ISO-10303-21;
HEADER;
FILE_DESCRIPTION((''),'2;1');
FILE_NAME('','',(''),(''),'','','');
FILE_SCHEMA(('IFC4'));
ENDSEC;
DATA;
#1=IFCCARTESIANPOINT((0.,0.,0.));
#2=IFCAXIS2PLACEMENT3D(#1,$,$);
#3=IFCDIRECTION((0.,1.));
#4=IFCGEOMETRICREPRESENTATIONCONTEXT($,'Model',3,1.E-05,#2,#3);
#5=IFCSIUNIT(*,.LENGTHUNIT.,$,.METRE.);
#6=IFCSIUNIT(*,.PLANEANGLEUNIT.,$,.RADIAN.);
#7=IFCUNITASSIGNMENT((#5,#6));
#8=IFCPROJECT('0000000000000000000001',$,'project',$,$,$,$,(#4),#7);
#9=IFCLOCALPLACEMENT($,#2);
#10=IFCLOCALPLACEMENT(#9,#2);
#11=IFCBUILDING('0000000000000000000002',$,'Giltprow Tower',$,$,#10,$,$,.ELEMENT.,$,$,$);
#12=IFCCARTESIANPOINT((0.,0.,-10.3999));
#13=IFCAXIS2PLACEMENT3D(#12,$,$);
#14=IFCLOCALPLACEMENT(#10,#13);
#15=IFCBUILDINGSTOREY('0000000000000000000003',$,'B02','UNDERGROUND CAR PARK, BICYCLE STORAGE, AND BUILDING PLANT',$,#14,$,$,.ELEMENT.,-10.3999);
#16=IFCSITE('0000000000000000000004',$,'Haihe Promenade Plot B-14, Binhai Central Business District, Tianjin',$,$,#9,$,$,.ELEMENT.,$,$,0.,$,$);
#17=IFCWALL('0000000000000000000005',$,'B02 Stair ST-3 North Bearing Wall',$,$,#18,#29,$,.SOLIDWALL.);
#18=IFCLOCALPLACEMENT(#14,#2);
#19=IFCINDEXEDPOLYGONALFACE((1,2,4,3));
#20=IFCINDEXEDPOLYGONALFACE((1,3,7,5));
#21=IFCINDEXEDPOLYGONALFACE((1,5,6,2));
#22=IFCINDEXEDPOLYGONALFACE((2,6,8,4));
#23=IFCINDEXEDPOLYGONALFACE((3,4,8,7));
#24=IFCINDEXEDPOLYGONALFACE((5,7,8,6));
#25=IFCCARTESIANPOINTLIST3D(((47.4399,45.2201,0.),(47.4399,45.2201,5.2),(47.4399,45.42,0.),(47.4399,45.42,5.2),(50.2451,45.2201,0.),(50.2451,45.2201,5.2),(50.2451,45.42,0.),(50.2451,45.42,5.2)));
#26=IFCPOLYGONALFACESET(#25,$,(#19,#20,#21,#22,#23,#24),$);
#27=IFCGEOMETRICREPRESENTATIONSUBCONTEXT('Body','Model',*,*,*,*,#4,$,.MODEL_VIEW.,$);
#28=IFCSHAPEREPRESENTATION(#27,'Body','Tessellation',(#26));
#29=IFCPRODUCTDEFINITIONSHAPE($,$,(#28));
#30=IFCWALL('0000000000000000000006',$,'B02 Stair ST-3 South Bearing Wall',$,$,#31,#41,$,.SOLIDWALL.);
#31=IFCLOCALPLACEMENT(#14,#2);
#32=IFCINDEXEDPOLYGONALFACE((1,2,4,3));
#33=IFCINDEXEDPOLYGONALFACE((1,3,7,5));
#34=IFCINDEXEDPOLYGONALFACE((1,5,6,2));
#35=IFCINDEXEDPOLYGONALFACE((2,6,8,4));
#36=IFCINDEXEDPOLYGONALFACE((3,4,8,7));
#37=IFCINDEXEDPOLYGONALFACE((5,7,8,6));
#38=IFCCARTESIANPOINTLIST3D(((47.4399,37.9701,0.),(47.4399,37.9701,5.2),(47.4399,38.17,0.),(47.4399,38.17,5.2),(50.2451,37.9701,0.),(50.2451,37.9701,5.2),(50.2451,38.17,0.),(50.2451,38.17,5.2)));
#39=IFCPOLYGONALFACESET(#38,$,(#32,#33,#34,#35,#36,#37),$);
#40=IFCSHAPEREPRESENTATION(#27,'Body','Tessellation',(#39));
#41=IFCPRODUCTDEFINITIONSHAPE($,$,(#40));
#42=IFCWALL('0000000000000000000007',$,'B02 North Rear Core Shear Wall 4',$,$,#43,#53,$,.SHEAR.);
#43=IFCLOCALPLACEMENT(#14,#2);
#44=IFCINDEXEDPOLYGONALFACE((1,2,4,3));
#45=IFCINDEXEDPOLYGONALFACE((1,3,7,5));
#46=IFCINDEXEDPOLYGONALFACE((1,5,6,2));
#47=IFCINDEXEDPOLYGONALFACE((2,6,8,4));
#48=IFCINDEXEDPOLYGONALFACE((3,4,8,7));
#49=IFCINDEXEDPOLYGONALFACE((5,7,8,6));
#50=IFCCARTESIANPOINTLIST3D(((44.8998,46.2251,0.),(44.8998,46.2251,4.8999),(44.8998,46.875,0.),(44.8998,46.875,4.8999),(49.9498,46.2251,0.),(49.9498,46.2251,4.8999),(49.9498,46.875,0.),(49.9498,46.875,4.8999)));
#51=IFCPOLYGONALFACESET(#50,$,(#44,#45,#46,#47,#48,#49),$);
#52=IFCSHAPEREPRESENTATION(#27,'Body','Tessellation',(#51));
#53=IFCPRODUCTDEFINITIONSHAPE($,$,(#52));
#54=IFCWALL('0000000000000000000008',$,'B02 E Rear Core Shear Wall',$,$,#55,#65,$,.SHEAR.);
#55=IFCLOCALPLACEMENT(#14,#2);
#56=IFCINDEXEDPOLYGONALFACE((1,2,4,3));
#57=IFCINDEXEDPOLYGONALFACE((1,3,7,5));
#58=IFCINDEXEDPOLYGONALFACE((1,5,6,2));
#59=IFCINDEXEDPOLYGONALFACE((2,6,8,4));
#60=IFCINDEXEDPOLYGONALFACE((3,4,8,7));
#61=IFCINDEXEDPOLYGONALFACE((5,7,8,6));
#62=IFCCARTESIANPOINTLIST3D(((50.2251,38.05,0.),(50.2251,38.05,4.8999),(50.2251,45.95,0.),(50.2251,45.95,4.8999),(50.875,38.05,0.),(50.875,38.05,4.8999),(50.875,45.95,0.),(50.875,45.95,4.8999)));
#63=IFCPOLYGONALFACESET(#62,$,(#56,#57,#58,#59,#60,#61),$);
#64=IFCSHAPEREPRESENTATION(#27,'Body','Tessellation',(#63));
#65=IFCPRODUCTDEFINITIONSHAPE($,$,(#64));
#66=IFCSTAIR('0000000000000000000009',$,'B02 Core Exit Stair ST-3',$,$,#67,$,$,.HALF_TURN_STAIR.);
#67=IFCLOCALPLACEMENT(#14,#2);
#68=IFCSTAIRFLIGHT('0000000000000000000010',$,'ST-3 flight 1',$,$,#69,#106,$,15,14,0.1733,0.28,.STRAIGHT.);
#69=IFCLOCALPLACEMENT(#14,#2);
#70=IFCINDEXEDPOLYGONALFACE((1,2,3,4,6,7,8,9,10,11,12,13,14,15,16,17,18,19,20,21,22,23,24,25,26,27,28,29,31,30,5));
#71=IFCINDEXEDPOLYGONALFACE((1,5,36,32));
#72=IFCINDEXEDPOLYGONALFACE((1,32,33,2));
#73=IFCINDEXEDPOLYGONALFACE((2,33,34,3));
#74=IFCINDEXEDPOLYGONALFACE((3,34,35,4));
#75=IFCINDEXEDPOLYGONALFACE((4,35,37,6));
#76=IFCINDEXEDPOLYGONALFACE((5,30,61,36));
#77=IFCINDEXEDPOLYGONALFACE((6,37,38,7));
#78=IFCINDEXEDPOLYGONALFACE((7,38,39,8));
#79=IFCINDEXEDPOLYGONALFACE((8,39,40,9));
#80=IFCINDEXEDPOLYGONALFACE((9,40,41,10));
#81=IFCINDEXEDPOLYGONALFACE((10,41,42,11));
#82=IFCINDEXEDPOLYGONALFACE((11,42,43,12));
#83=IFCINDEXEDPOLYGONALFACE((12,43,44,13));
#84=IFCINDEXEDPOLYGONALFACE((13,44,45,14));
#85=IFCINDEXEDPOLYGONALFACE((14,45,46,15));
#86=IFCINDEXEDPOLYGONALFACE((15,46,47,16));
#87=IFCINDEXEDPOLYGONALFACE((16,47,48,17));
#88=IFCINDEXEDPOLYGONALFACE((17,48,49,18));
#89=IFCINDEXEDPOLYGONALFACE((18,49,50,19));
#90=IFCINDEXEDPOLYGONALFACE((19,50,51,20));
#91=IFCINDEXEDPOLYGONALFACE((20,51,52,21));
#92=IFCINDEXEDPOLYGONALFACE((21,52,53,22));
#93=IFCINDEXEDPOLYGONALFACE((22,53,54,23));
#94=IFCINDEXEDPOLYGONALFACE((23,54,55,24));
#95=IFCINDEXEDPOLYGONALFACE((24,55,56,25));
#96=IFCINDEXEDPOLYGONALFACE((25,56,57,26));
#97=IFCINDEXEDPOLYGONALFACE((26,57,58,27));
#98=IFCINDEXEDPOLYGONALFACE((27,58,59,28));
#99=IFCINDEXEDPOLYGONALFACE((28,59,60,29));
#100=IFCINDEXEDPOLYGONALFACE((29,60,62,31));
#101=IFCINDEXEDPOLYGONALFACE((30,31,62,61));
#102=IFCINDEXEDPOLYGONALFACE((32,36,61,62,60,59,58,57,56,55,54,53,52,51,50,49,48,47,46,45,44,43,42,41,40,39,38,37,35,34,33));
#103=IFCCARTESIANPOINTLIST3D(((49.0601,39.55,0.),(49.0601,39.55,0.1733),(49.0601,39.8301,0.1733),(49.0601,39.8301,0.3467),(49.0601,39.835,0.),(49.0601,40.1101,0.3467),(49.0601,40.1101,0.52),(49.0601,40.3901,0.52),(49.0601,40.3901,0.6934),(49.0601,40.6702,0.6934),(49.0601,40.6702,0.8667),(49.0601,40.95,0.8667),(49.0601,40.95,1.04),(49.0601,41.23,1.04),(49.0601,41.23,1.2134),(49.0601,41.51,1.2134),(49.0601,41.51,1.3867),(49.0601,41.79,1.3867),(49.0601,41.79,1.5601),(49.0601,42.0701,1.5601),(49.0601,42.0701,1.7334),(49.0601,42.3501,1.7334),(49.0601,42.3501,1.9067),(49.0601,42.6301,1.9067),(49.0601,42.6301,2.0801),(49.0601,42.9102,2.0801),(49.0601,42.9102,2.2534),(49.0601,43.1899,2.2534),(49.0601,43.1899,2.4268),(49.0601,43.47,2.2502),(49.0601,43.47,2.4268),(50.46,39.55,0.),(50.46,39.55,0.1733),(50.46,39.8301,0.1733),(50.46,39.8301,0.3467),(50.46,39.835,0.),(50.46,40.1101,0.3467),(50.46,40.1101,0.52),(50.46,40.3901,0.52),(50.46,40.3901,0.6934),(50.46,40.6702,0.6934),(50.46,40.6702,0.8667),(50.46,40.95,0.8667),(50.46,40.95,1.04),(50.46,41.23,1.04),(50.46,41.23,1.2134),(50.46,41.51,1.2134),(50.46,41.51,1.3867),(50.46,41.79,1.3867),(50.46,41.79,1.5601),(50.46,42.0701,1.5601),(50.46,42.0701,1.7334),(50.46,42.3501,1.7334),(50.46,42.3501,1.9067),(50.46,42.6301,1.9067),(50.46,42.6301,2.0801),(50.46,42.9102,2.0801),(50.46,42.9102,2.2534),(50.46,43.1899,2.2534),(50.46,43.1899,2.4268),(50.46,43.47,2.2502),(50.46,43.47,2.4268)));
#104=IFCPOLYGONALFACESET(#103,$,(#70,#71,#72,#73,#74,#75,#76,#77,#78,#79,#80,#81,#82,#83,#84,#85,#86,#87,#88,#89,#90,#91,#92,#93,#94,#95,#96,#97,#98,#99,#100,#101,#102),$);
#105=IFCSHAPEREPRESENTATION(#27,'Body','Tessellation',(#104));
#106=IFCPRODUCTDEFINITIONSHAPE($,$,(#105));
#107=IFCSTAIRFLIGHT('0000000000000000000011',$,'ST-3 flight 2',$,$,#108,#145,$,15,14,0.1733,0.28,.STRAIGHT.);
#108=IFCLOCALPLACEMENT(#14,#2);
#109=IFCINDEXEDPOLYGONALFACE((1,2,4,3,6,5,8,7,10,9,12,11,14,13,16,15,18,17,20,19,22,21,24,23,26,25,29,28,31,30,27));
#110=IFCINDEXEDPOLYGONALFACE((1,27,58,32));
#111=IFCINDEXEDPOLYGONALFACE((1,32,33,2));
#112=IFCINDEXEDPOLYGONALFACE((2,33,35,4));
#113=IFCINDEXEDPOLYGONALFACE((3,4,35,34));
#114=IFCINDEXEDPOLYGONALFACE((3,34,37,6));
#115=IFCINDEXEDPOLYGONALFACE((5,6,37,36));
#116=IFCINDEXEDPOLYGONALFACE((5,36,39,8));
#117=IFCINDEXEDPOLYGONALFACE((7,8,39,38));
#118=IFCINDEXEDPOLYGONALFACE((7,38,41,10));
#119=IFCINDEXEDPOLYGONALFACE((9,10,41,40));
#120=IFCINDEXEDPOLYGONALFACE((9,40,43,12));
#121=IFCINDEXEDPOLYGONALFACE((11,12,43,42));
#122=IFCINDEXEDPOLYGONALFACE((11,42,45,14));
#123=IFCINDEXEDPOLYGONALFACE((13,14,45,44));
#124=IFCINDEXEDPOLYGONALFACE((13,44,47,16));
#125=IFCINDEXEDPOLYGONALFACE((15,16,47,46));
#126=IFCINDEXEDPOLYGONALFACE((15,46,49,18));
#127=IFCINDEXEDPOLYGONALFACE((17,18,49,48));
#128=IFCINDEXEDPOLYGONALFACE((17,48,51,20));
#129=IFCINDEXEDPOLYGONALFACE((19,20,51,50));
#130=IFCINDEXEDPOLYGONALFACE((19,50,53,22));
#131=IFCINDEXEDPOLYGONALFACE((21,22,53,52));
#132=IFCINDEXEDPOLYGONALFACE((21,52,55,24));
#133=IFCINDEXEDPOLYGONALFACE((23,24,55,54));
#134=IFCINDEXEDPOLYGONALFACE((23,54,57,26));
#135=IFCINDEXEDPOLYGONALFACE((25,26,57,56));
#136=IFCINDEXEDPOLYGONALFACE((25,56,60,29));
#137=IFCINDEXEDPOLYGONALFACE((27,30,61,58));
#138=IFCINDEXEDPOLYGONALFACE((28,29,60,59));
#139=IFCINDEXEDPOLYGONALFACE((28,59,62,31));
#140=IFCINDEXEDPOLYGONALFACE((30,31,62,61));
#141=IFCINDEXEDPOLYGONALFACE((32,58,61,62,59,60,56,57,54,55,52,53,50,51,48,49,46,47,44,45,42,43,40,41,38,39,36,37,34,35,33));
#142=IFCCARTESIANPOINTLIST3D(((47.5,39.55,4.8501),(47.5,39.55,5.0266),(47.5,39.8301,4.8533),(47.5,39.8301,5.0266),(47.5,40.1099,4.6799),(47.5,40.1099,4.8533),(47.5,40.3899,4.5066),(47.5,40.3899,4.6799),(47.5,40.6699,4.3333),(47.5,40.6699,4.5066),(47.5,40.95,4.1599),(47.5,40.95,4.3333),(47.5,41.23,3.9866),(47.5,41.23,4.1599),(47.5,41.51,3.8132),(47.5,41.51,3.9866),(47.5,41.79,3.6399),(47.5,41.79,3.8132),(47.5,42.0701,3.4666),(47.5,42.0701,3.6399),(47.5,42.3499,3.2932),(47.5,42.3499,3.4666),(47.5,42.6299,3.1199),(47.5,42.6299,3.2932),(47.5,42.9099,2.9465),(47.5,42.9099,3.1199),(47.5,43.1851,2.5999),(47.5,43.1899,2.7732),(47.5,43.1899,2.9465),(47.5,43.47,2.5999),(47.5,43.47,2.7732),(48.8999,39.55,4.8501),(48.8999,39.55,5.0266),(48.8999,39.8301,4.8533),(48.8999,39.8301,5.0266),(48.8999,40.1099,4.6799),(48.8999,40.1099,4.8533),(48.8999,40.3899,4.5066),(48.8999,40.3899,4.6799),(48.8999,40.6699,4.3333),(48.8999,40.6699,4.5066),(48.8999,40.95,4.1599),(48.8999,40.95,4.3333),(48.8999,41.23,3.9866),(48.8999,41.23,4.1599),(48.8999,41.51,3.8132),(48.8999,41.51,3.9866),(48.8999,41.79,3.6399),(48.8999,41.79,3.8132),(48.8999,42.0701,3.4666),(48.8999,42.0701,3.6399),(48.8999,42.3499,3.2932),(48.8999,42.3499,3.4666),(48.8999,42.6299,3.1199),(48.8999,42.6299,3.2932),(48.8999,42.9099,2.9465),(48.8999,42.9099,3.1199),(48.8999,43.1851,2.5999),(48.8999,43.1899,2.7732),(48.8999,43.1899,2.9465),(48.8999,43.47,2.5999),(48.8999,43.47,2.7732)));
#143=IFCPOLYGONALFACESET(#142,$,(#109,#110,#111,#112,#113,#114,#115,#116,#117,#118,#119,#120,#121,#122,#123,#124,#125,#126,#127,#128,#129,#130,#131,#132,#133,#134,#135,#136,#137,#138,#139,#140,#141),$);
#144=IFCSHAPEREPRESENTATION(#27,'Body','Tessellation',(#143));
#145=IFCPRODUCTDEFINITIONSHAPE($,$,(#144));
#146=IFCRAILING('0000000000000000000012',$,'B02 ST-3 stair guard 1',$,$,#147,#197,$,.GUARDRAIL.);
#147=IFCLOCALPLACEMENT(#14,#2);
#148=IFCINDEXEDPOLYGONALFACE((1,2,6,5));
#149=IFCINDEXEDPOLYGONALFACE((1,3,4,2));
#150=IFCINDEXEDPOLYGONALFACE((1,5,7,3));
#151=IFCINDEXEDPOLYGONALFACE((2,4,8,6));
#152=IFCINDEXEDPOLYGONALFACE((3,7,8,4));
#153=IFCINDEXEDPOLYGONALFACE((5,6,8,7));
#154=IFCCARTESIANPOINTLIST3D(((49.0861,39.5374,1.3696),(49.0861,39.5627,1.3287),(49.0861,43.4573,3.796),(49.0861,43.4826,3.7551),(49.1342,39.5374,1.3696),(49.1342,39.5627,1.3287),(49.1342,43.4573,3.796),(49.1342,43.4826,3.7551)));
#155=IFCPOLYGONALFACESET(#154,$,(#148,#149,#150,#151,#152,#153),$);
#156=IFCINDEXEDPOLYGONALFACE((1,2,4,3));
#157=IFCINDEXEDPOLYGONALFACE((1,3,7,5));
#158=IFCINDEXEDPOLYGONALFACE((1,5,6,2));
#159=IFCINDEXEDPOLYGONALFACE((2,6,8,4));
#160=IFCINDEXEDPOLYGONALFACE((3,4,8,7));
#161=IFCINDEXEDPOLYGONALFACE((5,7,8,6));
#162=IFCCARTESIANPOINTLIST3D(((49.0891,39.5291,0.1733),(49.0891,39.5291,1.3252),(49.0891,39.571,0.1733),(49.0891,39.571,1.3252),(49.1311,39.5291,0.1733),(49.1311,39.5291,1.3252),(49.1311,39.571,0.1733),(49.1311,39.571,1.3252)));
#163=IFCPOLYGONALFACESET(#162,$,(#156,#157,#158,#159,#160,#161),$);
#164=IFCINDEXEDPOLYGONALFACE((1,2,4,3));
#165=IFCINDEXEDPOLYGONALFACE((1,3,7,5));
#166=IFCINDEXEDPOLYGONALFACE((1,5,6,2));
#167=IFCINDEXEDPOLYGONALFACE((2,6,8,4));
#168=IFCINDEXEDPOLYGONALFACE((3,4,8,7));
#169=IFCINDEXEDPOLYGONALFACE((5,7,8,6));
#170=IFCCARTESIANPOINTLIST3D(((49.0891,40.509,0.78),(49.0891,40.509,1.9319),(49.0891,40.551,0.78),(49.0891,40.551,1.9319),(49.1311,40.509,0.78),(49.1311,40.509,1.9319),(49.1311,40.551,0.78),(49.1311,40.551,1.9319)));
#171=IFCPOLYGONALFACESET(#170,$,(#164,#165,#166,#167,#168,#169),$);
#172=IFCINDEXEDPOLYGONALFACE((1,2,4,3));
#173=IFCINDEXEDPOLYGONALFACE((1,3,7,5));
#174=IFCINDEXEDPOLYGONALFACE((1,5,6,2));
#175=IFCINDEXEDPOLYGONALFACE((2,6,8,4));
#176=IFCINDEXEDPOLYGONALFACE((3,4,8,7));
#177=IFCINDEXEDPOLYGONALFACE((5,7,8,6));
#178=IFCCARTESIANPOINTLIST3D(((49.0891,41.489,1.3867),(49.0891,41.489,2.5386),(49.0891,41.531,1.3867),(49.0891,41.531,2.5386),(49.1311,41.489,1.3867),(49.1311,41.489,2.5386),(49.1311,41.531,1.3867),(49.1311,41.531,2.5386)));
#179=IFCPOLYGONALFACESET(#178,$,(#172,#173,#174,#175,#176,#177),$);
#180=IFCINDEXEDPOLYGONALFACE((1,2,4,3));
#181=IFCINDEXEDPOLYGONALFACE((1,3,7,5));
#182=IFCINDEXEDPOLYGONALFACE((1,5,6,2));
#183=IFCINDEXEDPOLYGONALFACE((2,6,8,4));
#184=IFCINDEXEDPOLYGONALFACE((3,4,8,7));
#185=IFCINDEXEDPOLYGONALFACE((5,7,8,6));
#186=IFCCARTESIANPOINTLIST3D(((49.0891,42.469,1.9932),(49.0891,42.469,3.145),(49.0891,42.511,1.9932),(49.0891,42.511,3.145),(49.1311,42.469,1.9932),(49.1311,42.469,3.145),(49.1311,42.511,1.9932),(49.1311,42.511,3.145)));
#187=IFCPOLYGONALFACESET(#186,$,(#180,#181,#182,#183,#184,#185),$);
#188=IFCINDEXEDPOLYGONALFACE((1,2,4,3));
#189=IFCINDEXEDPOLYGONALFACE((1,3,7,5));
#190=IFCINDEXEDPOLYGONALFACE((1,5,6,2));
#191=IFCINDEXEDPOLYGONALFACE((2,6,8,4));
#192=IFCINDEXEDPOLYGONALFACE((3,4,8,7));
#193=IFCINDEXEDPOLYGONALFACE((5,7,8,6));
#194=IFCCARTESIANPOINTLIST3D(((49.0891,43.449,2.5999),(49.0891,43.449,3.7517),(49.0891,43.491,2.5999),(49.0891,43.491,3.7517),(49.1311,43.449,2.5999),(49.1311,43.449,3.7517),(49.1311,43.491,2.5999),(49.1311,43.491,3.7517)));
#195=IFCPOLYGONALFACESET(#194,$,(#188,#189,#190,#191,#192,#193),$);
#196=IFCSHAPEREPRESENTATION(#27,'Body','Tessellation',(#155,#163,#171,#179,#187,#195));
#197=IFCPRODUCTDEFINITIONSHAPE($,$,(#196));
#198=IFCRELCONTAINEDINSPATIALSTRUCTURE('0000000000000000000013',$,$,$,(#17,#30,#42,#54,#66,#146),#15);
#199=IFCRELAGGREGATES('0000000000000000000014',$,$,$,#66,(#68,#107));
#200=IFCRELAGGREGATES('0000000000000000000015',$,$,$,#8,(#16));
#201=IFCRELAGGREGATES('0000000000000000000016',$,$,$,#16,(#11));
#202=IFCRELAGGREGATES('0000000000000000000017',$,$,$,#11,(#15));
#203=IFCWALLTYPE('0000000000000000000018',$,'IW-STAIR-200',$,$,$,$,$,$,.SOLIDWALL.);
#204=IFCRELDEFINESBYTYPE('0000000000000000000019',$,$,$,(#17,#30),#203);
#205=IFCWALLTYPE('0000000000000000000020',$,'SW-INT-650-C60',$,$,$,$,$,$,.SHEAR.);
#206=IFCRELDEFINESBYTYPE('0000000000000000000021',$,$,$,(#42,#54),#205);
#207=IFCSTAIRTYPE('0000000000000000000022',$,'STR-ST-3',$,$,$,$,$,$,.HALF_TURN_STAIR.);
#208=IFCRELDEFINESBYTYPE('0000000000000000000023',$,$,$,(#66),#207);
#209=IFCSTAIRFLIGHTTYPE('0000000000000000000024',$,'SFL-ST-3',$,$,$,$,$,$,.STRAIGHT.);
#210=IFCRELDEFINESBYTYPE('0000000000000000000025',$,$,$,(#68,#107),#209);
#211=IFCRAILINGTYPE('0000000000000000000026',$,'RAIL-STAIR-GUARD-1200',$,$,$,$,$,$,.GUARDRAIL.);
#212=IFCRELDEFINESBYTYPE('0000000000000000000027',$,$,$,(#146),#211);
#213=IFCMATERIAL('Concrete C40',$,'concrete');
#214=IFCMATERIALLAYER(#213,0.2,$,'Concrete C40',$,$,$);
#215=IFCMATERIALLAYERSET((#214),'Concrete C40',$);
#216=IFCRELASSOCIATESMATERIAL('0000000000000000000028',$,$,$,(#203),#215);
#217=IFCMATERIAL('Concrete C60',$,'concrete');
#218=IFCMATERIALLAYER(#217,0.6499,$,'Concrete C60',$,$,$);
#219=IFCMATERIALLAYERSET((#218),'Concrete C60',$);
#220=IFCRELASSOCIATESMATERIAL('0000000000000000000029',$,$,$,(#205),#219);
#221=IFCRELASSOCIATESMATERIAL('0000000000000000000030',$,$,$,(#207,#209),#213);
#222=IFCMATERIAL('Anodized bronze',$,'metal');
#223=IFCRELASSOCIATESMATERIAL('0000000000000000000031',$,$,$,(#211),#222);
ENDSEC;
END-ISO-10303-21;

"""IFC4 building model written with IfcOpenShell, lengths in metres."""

from ifc_helpers import new_model, si_unit, direction, frame, frame_2d, origin, origin_2d, place, context, subcontext, project, spatial, polyline, rectangle, outline, extrude, material, layer, layer_set, type_object, element, aggregate, save


model = new_model("IFC4")

# Units and contexts
model_context = context("Model", 3, precision=1e-05, world=origin(), true_north=direction((0.0, 1.0)))
body_context = subcontext(model_context, "Body", "Model", "MODEL_VIEW")
ifc_project = project(units=[si_unit("LENGTHUNIT", "METRE"), si_unit("PLANEANGLEUNIT", "RADIAN")], contexts=[model_context])

# Site, building, storey
site_placement = place(None, origin())
site = spatial("IfcSite", under=ifc_project, at=site_placement, Name="Haihe Promenade Plot B-14, Binhai Central Business District, Tianjin", CompositionType="ELEMENT", RefElevation=0.0)
building_placement = place(site_placement, origin())
building = spatial("IfcBuilding", under=site, at=building_placement, Name="Giltprow Tower", CompositionType="ELEMENT")
storey_placement = place(building_placement, frame((0.0, 0.0, -10.3999)))
storey = spatial("IfcBuildingStorey", under=building, at=storey_placement, Name="B02", Description="UNDERGROUND CAR PARK, BICYCLE STORAGE, AND BUILDING PLANT", CompositionType="ELEMENT", Elevation=-10.3999)

# Shared definitions
ifc_material_1 = material(Name="Concrete C60", Category="concrete")

# Shared definitions
ifc_material_2 = material(Name="Concrete C40", Category="concrete")

# Shared definitions
ifc_layer_1 = layer(ifc_material_2, 0.2, Name="Concrete C40")
ifc_layer_set_1 = layer_set([ifc_layer_1], Name="Concrete C40")
wall_type_1 = type_object("IfcWallType", Name="IW-STAIR-200", PredefinedType="SOLIDWALL", material=ifc_layer_set_1)

# Walls
for number, where, z_axis, x_axis, name in (
    (1, (47.4399, 45.3201, 0.0), (0.0, 0.0, 1.0), (1.0, 0.0, 0.0), "B02 Stair ST-3 North Bearing Wall"),
    (2, (47.4399, 38.0701, 0.0), (0.0, 0.0, 1.0), (1.0, 0.0, 0.0), "B02 Stair ST-3 South Bearing Wall"),
):
    element("IfcWall", number, at=place(storey_placement, frame(where, z_axis=z_axis, x_axis=x_axis)), inside=storey, type_object=wall_type_1, Name=name, PredefinedType="SOLIDWALL", context=body_context, shape_type="SweptSolid", body=[
        extrude(rectangle(XDim=2.8052, YDim=0.2, at=frame_2d((1.4026, 0.0))), origin(), (0.0, 0.0, 1.0), 5.2),
    ])
ifc_layer_2 = layer(ifc_material_1, 0.6499, Name="Concrete C60")
ifc_layer_set_2 = layer_set([ifc_layer_2], Name="Concrete C60")
wall_type_2 = type_object("IfcWallType", Name="SW-INT-650-C60", PredefinedType="SHEAR", material=ifc_layer_set_2)
wall_1_placement = place(storey_placement, frame((44.8999, 46.55, 0.0), z_axis=(0.0, 0.0, 1.0), x_axis=(1.0, 0.0, 0.0)))
element("IfcWall", 3, at=wall_1_placement, inside=storey, type_object=wall_type_2, Name="B02 North Rear Core Shear Wall 4", PredefinedType="SHEAR", context=body_context, shape_type="SweptSolid", body=[
    extrude(rectangle(XDim=5.05, YDim=0.6499, at=frame_2d((2.5249, 0.0))), origin(), (0.0, 0.0, 1.0), 4.8999),
])

# Wall
wall_2_placement = place(storey_placement, frame((50.55, 38.05, 0.0), z_axis=(0.0, 0.0, 1.0), x_axis=(0.0, 1.0, 0.0)))
element("IfcWall", 4, at=wall_2_placement, inside=storey, type_object=wall_type_2, Name="B02 E Rear Core Shear Wall", PredefinedType="SHEAR", context=body_context, shape_type="SweptSolid", body=[
    extrude(rectangle(XDim=7.8999, YDim=0.6499, at=frame_2d((3.95, 0.0))), origin(), (0.0, 0.0, 1.0), 4.8999),
])

# Stair, stair flights
stair_type = type_object("IfcStairType", Name="STR-ST-3", PredefinedType="HALF_TURN_STAIR", material=ifc_material_2)
stair_placement = place(storey_placement, origin())
stair = element("IfcStair", 5, at=stair_placement, inside=storey, type_object=stair_type, Name="B02 Core Exit Stair ST-3", PredefinedType="HALF_TURN_STAIR")
stair_flight_type = type_object("IfcStairFlightType", Name="SFL-ST-3", PredefinedType="STRAIGHT", material=ifc_material_2)
stair_flight_1_placement = place(storey_placement, frame((49.76, 39.55, 0.0), z_axis=(0.0, 0.0, 1.0), x_axis=(0.0, 1.0, 0.0)))
stair_flight_1 = element("IfcStairFlight", 6, at=stair_flight_1_placement, type_object=stair_flight_type, Name="ST-3 flight 1", NumberOfRisers=15, NumberOfTreads=14, PredefinedType="STRAIGHT", RiserHeight=0.1733, TreadLength=0.28, context=body_context, shape_type="SweptSolid", body=[
    extrude(outline(polyline([(0.0, 0.0), (0.0, 0.1733), (0.28, 0.1733), (0.28, 0.3467), (0.5601, 0.3467), (0.5601, 0.52), (0.8401, 0.52), (0.8401, 0.6934), (1.1201, 0.6934), (1.1201, 0.8667), (1.3999, 0.8667), (1.3999, 1.04), (1.6799, 1.04), (1.6799, 1.2134), (1.96, 1.2134), (1.96, 1.3867), (2.24, 1.3867), (2.24, 1.5601), (2.52, 1.5601), (2.52, 1.7334), (2.8, 1.7334), (2.8, 1.9067), (3.0801, 1.9067), (3.0801, 2.0801), (3.3601, 2.0801), (3.3601, 2.2534), (3.6399, 2.2534), (3.6399, 2.4268), (3.9199, 2.4268), (3.9199, 2.6001), (3.9199, 2.2502), (0.2849, 0.0), (0.0, 0.0)])), frame((0.0, 0.7, 0.0), z_axis=(0.0, -1.0, 0.0), x_axis=(1.0, 0.0, 0.0)), (0.0, 0.0, 1.0), 1.3999),
])
stair_flight_2_placement = place(storey_placement, frame((48.2, 43.47, 2.5999), z_axis=(0.0, 0.0, 1.0), x_axis=(0.0, -1.0, 0.0)))
stair_flight_2 = element("IfcStairFlight", 7, at=stair_flight_2_placement, type_object=stair_flight_type, Name="ST-3 flight 2", NumberOfRisers=15, NumberOfTreads=14, PredefinedType="STRAIGHT", RiserHeight=0.1733, TreadLength=0.28, context=body_context, shape_type="SweptSolid", body=[
    extrude(outline(polyline([(0.0, 0.0), (0.0, 0.1733), (0.28, 0.1733), (0.28, 0.3467), (0.5601, 0.3467), (0.5601, 0.52), (0.8401, 0.52), (0.8401, 0.6934), (1.1201, 0.6934), (1.1201, 0.8667), (1.3999, 0.8667), (1.3999, 1.04), (1.6799, 1.04), (1.6799, 1.2134), (1.96, 1.2134), (1.96, 1.3867), (2.24, 1.3867), (2.24, 1.5601), (2.52, 1.5601), (2.52, 1.7334), (2.8, 1.7334), (2.8, 1.9067), (3.0801, 1.9067), (3.0801, 2.0801), (3.3601, 2.0801), (3.3601, 2.2534), (3.6399, 2.2534), (3.6399, 2.4268), (3.9199, 2.4268), (3.9199, 2.6001), (3.9199, 2.2502), (0.2849, 0.0), (0.0, 0.0)])), frame((0.0, 0.7, 0.0), z_axis=(0.0, -1.0, 0.0), x_axis=(1.0, 0.0, 0.0)), (0.0, 0.0, 1.0), 1.3999),
])
aggregate(stair, [stair_flight_1, stair_flight_2])

# Railing
ifc_material_3 = material(Name="Anodized bronze", Category="metal")
railing_type_1 = type_object("IfcRailingType", Name="RAIL-STAIR-GUARD-1200", PredefinedType="GUARDRAIL", material=ifc_material_3)
railing_1_placement = place(storey_placement, frame((49.1101, 39.55, 0.1733)))
element("IfcRailing", 8, at=railing_1_placement, inside=storey, type_object=railing_type_1, Name="B02 ST-3 stair guard 1", PredefinedType="GUARDRAIL", context=body_context, shape_type="SweptSolid", body=[
    extrude(rectangle(XDim=0.0481, YDim=0.0481, at=origin_2d()), frame((0.0, 0.0, 1.1758), z_axis=(0.0, 0.850275, 0.526338), x_axis=(-1.0, 0.0, 0.0)), (0.0, 0.0, 1.0), 4.6101),
    extrude(rectangle(XDim=0.042, YDim=0.042, at=origin_2d()), origin(), (0.0, 0.0, 1.0), 1.1519),
    extrude(rectangle(XDim=0.042, YDim=0.042, at=origin_2d()), frame((0.0, 0.98, 0.6067)), (0.0, 0.0, 1.0), 1.1519),
    extrude(rectangle(XDim=0.042, YDim=0.042, at=origin_2d()), frame((0.0, 1.96, 1.2134)), (0.0, 0.0, 1.0), 1.1519),
    extrude(rectangle(XDim=0.042, YDim=0.042, at=origin_2d()), frame((0.0, 2.9399, 1.8198)), (0.0, 0.0, 1.0), 1.1519),
    extrude(rectangle(XDim=0.042, YDim=0.042, at=origin_2d()), frame((0.0, 3.9199, 2.4265)), (0.0, 0.0, 1.0), 1.1519),
])

save(model, "model.ifc")
